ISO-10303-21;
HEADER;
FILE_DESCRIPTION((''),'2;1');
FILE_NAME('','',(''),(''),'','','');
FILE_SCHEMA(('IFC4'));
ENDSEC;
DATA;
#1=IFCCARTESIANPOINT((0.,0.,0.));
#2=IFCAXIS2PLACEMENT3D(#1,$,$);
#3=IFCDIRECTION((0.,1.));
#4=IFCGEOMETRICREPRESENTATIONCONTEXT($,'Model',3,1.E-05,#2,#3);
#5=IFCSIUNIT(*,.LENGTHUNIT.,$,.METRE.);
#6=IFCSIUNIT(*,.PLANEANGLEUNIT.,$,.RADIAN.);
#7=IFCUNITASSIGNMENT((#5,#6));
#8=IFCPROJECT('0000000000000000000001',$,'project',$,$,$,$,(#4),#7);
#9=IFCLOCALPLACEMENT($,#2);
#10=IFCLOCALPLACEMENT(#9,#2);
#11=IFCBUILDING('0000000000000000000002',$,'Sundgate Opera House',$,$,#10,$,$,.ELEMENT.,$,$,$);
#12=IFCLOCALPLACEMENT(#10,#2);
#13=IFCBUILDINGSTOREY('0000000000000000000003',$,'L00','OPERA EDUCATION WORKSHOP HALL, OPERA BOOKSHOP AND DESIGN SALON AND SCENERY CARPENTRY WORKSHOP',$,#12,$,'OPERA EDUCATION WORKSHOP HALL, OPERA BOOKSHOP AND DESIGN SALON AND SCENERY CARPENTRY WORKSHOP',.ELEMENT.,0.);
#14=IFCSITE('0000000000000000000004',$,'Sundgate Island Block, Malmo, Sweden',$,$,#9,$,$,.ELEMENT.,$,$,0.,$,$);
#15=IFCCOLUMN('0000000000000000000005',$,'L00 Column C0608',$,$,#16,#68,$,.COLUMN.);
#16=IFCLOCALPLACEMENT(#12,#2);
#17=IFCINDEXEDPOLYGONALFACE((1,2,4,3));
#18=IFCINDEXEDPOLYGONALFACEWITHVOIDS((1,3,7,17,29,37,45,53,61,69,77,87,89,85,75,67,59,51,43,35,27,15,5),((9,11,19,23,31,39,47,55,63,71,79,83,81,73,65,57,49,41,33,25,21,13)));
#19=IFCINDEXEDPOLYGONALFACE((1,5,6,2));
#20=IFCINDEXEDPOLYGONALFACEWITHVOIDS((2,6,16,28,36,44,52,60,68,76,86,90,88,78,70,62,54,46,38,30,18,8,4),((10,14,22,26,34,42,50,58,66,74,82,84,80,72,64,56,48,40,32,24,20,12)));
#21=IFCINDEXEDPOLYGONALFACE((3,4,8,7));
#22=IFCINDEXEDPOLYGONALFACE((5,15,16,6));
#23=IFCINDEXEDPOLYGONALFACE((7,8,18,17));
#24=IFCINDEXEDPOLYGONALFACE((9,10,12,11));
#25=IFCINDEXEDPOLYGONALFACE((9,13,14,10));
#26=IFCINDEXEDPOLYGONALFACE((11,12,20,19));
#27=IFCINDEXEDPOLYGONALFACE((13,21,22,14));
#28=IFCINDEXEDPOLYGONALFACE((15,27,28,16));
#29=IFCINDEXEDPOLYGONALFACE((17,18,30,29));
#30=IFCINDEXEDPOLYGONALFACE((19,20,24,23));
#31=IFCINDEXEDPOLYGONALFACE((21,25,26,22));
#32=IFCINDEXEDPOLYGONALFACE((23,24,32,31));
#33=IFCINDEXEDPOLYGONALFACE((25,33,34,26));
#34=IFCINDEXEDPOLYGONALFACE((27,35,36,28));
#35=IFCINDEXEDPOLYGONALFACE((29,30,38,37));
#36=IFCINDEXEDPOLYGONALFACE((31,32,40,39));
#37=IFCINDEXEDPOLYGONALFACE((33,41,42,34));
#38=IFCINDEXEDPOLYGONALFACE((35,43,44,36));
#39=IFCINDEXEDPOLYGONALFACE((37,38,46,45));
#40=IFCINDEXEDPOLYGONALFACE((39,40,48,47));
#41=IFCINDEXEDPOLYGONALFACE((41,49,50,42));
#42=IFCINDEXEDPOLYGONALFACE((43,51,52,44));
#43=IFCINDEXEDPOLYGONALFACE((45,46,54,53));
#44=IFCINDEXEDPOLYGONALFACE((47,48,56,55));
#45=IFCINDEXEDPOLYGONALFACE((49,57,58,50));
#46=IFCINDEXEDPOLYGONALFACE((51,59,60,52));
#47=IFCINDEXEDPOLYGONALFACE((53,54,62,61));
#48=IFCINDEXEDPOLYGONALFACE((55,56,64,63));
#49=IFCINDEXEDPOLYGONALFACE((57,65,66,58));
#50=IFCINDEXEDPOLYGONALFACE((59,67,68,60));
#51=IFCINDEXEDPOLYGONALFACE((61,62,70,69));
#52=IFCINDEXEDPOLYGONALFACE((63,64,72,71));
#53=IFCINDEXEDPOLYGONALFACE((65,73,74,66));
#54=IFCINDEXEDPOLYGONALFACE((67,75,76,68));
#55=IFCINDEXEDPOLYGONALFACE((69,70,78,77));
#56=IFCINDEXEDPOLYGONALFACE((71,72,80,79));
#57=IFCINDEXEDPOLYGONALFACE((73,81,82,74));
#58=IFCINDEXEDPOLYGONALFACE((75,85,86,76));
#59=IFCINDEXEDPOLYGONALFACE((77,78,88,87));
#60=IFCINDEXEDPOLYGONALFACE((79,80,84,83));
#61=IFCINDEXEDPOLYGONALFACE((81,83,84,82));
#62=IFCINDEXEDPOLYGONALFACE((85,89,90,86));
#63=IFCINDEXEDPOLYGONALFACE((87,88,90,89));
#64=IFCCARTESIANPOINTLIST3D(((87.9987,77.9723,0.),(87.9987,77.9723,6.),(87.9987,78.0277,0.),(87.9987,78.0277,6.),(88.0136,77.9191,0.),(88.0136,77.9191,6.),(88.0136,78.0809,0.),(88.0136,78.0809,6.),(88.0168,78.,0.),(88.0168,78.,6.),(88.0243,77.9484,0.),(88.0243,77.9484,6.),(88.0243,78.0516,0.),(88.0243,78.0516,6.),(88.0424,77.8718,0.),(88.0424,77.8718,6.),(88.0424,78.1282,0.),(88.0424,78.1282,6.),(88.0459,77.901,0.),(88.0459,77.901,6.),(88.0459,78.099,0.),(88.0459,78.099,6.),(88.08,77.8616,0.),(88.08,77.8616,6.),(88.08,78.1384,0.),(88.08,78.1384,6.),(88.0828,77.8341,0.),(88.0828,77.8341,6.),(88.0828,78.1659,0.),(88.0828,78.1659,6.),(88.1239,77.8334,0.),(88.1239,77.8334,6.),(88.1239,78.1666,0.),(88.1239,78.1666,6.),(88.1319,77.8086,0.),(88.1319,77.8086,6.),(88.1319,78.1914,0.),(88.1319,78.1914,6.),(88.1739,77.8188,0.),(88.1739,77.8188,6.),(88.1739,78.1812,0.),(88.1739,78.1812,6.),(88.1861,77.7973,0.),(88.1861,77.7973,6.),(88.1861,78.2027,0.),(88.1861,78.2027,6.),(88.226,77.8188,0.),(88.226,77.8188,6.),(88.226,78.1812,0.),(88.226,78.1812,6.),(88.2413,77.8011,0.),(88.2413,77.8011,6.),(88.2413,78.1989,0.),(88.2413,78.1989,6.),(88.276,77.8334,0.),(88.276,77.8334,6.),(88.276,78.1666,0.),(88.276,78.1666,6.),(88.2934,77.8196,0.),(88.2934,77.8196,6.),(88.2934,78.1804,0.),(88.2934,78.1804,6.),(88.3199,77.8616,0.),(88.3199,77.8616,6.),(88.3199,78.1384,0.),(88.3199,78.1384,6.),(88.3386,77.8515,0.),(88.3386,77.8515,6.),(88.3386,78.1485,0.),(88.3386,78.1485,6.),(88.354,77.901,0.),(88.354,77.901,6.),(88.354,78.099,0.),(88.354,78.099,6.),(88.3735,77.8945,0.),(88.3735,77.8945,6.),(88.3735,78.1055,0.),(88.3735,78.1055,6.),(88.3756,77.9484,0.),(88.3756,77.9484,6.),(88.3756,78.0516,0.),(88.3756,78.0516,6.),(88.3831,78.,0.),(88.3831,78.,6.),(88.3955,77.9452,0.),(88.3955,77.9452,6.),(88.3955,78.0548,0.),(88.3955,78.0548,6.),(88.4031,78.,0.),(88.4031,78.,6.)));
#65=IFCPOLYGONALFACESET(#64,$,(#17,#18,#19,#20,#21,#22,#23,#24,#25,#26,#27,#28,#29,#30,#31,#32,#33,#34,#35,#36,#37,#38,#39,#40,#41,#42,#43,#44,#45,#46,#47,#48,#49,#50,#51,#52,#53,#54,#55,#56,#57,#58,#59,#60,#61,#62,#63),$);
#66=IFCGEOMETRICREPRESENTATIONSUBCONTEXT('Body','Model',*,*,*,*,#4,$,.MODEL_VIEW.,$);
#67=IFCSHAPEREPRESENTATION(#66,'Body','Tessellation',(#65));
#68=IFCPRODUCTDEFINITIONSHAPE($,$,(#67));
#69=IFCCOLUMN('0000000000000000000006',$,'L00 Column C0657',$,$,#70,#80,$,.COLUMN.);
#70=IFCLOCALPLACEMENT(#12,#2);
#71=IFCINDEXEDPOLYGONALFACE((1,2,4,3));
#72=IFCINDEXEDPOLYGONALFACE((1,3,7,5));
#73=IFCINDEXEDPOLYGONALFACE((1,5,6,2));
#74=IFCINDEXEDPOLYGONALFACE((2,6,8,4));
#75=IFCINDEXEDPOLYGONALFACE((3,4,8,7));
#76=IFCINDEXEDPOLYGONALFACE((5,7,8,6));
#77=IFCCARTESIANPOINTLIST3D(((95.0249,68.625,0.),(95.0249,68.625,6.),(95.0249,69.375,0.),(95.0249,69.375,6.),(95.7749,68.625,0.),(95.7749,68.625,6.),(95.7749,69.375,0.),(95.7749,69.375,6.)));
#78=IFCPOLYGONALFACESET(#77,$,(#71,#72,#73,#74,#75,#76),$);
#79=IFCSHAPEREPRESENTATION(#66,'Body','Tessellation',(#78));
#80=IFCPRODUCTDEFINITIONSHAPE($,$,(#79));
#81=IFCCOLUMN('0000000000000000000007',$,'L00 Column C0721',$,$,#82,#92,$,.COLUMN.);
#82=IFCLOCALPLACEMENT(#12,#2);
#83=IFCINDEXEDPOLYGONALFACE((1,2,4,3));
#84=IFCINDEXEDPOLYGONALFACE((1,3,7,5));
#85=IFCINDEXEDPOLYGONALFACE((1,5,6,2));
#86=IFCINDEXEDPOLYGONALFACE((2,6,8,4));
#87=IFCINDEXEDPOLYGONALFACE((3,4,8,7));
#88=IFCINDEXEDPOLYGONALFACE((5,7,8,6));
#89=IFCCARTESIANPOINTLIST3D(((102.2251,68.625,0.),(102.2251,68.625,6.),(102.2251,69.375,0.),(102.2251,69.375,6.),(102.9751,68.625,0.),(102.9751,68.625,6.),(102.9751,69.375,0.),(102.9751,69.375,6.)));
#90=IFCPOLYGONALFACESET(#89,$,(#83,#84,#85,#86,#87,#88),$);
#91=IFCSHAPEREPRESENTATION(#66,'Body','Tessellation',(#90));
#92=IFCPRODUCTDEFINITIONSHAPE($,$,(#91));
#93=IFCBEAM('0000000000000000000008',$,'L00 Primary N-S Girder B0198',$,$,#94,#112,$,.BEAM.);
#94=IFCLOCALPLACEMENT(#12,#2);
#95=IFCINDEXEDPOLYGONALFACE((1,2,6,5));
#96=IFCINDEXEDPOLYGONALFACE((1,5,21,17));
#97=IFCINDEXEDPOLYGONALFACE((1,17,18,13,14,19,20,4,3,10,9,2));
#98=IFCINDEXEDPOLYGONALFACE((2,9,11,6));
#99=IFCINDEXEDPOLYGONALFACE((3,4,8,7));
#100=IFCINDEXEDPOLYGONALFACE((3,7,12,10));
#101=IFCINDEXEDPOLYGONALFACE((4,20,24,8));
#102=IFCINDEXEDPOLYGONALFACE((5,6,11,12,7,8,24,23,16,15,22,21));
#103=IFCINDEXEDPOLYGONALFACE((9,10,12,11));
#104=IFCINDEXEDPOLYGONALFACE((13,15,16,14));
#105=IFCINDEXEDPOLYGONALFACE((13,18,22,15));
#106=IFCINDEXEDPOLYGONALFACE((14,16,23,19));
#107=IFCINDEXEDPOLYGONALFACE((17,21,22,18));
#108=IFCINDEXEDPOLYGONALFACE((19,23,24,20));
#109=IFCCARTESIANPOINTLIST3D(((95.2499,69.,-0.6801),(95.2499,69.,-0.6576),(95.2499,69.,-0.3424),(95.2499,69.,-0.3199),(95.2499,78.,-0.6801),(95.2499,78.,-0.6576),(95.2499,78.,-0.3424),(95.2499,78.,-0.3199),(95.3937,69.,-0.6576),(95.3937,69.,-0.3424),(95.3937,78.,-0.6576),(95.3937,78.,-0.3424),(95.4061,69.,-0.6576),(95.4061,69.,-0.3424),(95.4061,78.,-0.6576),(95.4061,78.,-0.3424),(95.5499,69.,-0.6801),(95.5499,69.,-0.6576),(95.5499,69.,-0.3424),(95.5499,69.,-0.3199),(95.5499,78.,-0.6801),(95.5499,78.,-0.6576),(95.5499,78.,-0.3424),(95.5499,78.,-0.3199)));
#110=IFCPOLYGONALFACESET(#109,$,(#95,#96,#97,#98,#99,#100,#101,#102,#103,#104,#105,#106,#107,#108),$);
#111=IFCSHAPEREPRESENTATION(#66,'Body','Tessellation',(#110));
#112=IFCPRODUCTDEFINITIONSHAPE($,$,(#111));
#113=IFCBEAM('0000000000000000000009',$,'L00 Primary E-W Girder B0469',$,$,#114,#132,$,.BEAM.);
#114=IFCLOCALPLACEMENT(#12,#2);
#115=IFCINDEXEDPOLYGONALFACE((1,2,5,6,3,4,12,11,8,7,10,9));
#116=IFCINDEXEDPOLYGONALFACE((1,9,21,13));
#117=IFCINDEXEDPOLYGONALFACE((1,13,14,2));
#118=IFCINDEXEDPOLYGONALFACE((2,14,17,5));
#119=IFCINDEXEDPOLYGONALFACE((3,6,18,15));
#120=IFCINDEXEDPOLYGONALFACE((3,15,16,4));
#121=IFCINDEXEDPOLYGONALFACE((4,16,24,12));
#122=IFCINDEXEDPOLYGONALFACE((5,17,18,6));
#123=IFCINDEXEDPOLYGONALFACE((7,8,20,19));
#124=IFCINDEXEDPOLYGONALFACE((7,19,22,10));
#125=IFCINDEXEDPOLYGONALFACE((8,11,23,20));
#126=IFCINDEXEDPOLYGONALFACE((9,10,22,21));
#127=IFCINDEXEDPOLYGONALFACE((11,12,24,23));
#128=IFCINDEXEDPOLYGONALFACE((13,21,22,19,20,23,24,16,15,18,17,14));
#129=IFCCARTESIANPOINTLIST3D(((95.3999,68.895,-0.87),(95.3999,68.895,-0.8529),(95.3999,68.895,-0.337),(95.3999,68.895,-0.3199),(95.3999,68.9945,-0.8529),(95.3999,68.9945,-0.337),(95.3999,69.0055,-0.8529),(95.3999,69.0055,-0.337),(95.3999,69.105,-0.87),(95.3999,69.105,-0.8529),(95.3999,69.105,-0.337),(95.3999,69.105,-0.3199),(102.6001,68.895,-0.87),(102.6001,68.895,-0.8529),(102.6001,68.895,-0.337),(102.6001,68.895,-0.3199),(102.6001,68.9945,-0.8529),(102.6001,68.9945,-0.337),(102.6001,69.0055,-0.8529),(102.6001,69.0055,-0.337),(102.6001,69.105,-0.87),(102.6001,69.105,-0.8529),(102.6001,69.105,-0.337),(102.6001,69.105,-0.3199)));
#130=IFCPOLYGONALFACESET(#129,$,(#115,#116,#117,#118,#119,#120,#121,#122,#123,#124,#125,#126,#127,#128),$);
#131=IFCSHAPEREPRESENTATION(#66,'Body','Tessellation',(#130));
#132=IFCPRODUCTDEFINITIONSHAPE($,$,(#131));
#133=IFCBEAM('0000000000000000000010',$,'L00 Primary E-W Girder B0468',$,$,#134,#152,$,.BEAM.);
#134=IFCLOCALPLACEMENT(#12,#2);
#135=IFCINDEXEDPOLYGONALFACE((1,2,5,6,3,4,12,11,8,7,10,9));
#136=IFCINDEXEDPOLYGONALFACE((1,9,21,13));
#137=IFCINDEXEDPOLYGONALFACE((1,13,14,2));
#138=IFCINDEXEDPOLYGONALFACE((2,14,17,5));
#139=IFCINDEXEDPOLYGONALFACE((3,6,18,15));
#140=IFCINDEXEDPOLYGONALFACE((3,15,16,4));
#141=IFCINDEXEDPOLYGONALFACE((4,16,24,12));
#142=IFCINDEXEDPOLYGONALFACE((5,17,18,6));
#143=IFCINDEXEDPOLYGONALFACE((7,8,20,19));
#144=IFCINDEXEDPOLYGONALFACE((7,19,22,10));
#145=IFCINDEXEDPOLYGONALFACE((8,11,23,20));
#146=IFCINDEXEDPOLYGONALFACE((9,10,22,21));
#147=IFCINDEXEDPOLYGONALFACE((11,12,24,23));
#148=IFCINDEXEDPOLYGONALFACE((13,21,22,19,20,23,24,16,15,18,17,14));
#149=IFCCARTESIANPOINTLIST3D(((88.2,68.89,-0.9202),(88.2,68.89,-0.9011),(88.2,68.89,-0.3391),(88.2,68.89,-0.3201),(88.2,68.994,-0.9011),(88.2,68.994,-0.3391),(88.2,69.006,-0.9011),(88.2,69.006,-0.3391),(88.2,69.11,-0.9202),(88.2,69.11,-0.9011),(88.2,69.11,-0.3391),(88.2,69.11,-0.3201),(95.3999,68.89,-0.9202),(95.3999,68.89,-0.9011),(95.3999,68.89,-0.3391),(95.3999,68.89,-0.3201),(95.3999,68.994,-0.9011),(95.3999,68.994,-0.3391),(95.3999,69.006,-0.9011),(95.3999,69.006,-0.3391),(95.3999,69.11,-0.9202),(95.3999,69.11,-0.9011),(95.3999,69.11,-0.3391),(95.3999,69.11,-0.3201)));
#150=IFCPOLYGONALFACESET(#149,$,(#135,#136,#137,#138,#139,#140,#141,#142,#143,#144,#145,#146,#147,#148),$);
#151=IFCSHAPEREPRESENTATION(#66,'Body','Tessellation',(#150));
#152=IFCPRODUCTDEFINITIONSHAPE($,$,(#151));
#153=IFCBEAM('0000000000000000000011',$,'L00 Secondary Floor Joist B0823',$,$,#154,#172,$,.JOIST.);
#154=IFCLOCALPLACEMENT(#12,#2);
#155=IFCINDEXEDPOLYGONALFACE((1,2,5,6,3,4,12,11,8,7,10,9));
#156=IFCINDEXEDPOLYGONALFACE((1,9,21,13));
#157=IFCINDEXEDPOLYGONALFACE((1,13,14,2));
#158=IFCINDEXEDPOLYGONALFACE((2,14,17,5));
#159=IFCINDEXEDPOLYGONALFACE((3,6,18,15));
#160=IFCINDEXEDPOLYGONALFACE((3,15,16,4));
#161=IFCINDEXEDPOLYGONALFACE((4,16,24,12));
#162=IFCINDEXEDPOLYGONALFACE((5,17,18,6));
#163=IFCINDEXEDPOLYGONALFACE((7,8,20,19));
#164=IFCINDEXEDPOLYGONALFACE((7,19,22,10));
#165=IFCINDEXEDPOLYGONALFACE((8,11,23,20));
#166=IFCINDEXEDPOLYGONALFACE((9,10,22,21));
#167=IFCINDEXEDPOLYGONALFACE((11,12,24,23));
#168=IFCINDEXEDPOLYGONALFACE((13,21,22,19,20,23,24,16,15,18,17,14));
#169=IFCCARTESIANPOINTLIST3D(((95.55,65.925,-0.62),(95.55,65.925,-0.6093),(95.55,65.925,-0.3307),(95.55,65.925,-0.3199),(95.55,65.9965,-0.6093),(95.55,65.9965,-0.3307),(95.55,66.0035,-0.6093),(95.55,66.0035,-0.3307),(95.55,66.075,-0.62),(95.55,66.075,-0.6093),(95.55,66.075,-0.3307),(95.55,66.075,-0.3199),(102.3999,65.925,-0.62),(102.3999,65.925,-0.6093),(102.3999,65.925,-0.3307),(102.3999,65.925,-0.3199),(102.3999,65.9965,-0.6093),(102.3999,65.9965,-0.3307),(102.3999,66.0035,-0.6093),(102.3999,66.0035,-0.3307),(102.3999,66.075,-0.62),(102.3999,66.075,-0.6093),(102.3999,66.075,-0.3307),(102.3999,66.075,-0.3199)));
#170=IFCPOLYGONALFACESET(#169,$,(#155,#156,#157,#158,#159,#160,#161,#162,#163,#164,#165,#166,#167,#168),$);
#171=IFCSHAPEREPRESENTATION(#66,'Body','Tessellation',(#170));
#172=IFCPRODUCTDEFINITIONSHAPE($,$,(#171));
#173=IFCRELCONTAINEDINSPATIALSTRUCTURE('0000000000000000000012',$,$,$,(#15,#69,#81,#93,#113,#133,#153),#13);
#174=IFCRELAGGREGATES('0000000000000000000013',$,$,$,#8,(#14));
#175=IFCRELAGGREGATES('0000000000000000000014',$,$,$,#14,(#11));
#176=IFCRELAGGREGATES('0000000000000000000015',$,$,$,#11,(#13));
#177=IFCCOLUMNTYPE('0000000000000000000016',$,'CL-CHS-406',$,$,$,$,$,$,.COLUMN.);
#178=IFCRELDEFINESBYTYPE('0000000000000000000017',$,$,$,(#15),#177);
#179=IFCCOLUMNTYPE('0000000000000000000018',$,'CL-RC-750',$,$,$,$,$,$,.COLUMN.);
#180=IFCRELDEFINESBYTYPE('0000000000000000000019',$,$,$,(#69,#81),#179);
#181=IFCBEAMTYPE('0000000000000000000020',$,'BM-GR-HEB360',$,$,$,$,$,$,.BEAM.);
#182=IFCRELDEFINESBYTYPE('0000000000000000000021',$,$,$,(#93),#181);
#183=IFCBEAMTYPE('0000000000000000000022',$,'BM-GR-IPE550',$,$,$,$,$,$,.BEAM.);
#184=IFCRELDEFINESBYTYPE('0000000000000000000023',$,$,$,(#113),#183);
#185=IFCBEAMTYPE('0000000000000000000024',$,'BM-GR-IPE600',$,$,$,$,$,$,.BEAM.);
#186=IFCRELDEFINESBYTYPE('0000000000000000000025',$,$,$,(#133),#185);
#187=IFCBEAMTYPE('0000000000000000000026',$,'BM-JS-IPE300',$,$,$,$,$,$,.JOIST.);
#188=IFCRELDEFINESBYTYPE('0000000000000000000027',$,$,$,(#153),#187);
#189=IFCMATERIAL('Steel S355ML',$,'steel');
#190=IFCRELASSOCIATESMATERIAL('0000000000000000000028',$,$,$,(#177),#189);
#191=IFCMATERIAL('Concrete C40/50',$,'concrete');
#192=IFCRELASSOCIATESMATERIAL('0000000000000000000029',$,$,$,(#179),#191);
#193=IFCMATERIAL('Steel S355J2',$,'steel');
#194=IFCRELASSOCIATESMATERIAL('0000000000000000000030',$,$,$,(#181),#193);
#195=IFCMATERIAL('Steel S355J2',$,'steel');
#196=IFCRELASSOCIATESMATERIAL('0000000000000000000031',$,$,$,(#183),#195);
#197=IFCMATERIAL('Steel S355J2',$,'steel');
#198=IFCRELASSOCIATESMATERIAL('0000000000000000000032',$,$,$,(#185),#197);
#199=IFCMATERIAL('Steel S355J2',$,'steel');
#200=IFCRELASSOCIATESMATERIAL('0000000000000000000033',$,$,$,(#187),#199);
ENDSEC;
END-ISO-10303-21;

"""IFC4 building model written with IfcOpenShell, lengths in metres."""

from ifc_helpers import new_model, si_unit, direction, frame, origin, origin_2d, place, context, subcontext, project, spatial, rectangle, hollow_circle, i_section, extrude, material, material_profile, profile_set, type_object, element, save


model = new_model("IFC4")

# Units and contexts
model_context = context("Model", 3, precision=1e-05, world=origin(), true_north=direction((0.0, 1.0)))
body_context = subcontext(model_context, "Body", "Model", "MODEL_VIEW")
ifc_project = project(units=[si_unit("LENGTHUNIT", "METRE"), si_unit("PLANEANGLEUNIT", "RADIAN")], contexts=[model_context])

# Site, building, storey
site_placement = place(None, origin())
site = spatial("IfcSite", under=ifc_project, at=site_placement, Name="Sundgate Island Block, Malmo, Sweden", CompositionType="ELEMENT", RefElevation=0.0)
building_placement = place(site_placement, origin())
building = spatial("IfcBuilding", under=site, at=building_placement, Name="Sundgate Opera House", CompositionType="ELEMENT")
storey_placement = place(building_placement, origin())
storey = spatial("IfcBuildingStorey", under=building, at=storey_placement, Name="L00", Description="OPERA EDUCATION WORKSHOP HALL, OPERA BOOKSHOP AND DESIGN SALON AND SCENERY CARPENTRY WORKSHOP", LongName="OPERA EDUCATION WORKSHOP HALL, OPERA BOOKSHOP AND DESIGN SALON AND SCENERY CARPENTRY WORKSHOP", CompositionType="ELEMENT", Elevation=0.0)

# Columns
ifc_material_1 = material(Name="Steel S355ML", Category="steel")
ifc_material_profile_1 = material_profile(ifc_material_1, hollow_circle(Radius=0.2031, WallThickness=0.02, at=origin_2d()), Name="CHS 406.4x20.0")
ifc_profile_set_1 = profile_set([ifc_material_profile_1], Name="Steel S355ML")
column_type_1 = type_object("IfcColumnType", Name="CL-CHS-406", PredefinedType="COLUMN", material=ifc_profile_set_1)
column_placement = place(storey_placement, frame((88.2, 78.0, 0.0), z_axis=(0.0, 0.0, 1.0), x_axis=(1.0, 0.0, 0.0)))
element("IfcColumn", 1, at=column_placement, inside=storey, type_object=column_type_1, Name="L00 Column C0608", PredefinedType="COLUMN", context=body_context, shape_type="SweptSolid", body=[
    extrude(hollow_circle(Radius=0.2031, WallThickness=0.02, at=origin_2d()), origin(), (0.0, 0.0, 1.0), 6.0),
])
ifc_material_2 = material(Name="Concrete C40/50", Category="concrete")
ifc_material_profile_2 = material_profile(ifc_material_2, rectangle(XDim=0.75, YDim=0.75, at=origin_2d()), Name="RC 750x750")
ifc_profile_set_2 = profile_set([ifc_material_profile_2], Name="Concrete C40/50")
column_type_2 = type_object("IfcColumnType", Name="CL-RC-750", PredefinedType="COLUMN", material=ifc_profile_set_2)
for number, where, z_axis, x_axis, name in (
    (2, (95.3999, 69.0, 0.0), (0.0, 0.0, 1.0), (1.0, 0.0, 0.0), "L00 Column C0657"),
    (3, (102.6001, 69.0, 0.0), (0.0, 0.0, 1.0), (1.0, 0.0, 0.0), "L00 Column C0721"),
):
    element("IfcColumn", number, at=place(storey_placement, frame(where, z_axis=z_axis, x_axis=x_axis)), inside=storey, type_object=column_type_2, Name=name, PredefinedType="COLUMN", context=body_context, shape_type="SweptSolid", body=[
        extrude(rectangle(XDim=0.75, YDim=0.75, at=origin_2d()), origin(), (0.0, 0.0, 1.0), 6.0),
    ])

# Beams
ifc_material_3 = material(Name="Steel S355J2", Category="steel")
ifc_material_profile_3 = material_profile(ifc_material_3, i_section(OverallWidth=0.3, OverallDepth=0.3601, WebThickness=0.0125, FlangeThickness=0.0225, at=origin_2d()), Name="HEB 360")
ifc_profile_set_3 = profile_set([ifc_material_profile_3], Name="Steel S355J2")
beam_type_1 = type_object("IfcBeamType", Name="BM-GR-HEB360", PredefinedType="BEAM", material=ifc_profile_set_3)
beam_1_placement = place(storey_placement, frame((95.3999, 69.0, -0.5), z_axis=(0.0, 1.0, 0.0), x_axis=(-1.0, 0.0, 0.0)))
element("IfcBeam", 4, at=beam_1_placement, inside=storey, type_object=beam_type_1, Name="L00 Primary N-S Girder B0198", PredefinedType="BEAM", context=body_context, shape_type="SweptSolid", body=[
    extrude(i_section(OverallWidth=0.3, OverallDepth=0.3601, WebThickness=0.0125, FlangeThickness=0.0225, at=origin_2d()), origin(), (0.0, 0.0, 1.0), 9.0),
])
ifc_material_4 = material(Name="Steel S355J2", Category="steel")
ifc_material_profile_4 = material_profile(ifc_material_4, i_section(OverallWidth=0.21, OverallDepth=0.55, WebThickness=0.011, FlangeThickness=0.0171, at=origin_2d()), Name="IPE 550")
ifc_profile_set_4 = profile_set([ifc_material_profile_4], Name="Steel S355J2")
beam_type_2 = type_object("IfcBeamType", Name="BM-GR-IPE550", PredefinedType="BEAM", material=ifc_profile_set_4)
beam_2_placement = place(storey_placement, frame((95.3999, 69.0, -0.595), z_axis=(1.0, 0.0, 0.0), x_axis=(0.0, 1.0, 0.0)))
element("IfcBeam", 5, at=beam_2_placement, inside=storey, type_object=beam_type_2, Name="L00 Primary E-W Girder B0469", PredefinedType="BEAM", context=body_context, shape_type="SweptSolid", body=[
    extrude(i_section(OverallWidth=0.21, OverallDepth=0.55, WebThickness=0.011, FlangeThickness=0.0171, at=origin_2d()), origin(), (0.0, 0.0, 1.0), 7.2002),
])
ifc_material_5 = material(Name="Steel S355J2", Category="steel")
ifc_material_profile_5 = material_profile(ifc_material_5, i_section(OverallWidth=0.22, OverallDepth=0.6001, WebThickness=0.012, FlangeThickness=0.019, at=origin_2d()), Name="IPE 600")
ifc_profile_set_5 = profile_set([ifc_material_profile_5], Name="Steel S355J2")
beam_type_3 = type_object("IfcBeamType", Name="BM-GR-IPE600", PredefinedType="BEAM", material=ifc_profile_set_5)
beam_3_placement = place(storey_placement, frame((88.2, 69.0, -0.6201), z_axis=(1.0, 0.0, 0.0), x_axis=(0.0, 1.0, 0.0)))
element("IfcBeam", 6, at=beam_3_placement, inside=storey, type_object=beam_type_3, Name="L00 Primary E-W Girder B0468", PredefinedType="BEAM", context=body_context, shape_type="SweptSolid", body=[
    extrude(i_section(OverallWidth=0.22, OverallDepth=0.6001, WebThickness=0.012, FlangeThickness=0.019, at=origin_2d()), origin(), (0.0, 0.0, 1.0), 7.2),
])
ifc_material_6 = material(Name="Steel S355J2", Category="steel")
ifc_material_profile_6 = material_profile(ifc_material_6, i_section(OverallWidth=0.1499, OverallDepth=0.3, WebThickness=0.0071, FlangeThickness=0.0107, at=origin_2d()), Name="IPE 300")
ifc_profile_set_6 = profile_set([ifc_material_profile_6], Name="Steel S355J2")
beam_type_4 = type_object("IfcBeamType", Name="BM-JS-IPE300", PredefinedType="JOIST", material=ifc_profile_set_6)
beam_4_placement = place(storey_placement, frame((95.55, 66.0, -0.47), z_axis=(1.0, 0.0, 0.0), x_axis=(0.0, 1.0, 0.0)))
element("IfcBeam", 7, at=beam_4_placement, inside=storey, type_object=beam_type_4, Name="L00 Secondary Floor Joist B0823", PredefinedType="JOIST", context=body_context, shape_type="SweptSolid", body=[
    extrude(i_section(OverallWidth=0.1499, OverallDepth=0.3, WebThickness=0.0071, FlangeThickness=0.0107, at=origin_2d()), origin(), (0.0, 0.0, 1.0), 6.8499),
])

save(model, "model.ifc")
